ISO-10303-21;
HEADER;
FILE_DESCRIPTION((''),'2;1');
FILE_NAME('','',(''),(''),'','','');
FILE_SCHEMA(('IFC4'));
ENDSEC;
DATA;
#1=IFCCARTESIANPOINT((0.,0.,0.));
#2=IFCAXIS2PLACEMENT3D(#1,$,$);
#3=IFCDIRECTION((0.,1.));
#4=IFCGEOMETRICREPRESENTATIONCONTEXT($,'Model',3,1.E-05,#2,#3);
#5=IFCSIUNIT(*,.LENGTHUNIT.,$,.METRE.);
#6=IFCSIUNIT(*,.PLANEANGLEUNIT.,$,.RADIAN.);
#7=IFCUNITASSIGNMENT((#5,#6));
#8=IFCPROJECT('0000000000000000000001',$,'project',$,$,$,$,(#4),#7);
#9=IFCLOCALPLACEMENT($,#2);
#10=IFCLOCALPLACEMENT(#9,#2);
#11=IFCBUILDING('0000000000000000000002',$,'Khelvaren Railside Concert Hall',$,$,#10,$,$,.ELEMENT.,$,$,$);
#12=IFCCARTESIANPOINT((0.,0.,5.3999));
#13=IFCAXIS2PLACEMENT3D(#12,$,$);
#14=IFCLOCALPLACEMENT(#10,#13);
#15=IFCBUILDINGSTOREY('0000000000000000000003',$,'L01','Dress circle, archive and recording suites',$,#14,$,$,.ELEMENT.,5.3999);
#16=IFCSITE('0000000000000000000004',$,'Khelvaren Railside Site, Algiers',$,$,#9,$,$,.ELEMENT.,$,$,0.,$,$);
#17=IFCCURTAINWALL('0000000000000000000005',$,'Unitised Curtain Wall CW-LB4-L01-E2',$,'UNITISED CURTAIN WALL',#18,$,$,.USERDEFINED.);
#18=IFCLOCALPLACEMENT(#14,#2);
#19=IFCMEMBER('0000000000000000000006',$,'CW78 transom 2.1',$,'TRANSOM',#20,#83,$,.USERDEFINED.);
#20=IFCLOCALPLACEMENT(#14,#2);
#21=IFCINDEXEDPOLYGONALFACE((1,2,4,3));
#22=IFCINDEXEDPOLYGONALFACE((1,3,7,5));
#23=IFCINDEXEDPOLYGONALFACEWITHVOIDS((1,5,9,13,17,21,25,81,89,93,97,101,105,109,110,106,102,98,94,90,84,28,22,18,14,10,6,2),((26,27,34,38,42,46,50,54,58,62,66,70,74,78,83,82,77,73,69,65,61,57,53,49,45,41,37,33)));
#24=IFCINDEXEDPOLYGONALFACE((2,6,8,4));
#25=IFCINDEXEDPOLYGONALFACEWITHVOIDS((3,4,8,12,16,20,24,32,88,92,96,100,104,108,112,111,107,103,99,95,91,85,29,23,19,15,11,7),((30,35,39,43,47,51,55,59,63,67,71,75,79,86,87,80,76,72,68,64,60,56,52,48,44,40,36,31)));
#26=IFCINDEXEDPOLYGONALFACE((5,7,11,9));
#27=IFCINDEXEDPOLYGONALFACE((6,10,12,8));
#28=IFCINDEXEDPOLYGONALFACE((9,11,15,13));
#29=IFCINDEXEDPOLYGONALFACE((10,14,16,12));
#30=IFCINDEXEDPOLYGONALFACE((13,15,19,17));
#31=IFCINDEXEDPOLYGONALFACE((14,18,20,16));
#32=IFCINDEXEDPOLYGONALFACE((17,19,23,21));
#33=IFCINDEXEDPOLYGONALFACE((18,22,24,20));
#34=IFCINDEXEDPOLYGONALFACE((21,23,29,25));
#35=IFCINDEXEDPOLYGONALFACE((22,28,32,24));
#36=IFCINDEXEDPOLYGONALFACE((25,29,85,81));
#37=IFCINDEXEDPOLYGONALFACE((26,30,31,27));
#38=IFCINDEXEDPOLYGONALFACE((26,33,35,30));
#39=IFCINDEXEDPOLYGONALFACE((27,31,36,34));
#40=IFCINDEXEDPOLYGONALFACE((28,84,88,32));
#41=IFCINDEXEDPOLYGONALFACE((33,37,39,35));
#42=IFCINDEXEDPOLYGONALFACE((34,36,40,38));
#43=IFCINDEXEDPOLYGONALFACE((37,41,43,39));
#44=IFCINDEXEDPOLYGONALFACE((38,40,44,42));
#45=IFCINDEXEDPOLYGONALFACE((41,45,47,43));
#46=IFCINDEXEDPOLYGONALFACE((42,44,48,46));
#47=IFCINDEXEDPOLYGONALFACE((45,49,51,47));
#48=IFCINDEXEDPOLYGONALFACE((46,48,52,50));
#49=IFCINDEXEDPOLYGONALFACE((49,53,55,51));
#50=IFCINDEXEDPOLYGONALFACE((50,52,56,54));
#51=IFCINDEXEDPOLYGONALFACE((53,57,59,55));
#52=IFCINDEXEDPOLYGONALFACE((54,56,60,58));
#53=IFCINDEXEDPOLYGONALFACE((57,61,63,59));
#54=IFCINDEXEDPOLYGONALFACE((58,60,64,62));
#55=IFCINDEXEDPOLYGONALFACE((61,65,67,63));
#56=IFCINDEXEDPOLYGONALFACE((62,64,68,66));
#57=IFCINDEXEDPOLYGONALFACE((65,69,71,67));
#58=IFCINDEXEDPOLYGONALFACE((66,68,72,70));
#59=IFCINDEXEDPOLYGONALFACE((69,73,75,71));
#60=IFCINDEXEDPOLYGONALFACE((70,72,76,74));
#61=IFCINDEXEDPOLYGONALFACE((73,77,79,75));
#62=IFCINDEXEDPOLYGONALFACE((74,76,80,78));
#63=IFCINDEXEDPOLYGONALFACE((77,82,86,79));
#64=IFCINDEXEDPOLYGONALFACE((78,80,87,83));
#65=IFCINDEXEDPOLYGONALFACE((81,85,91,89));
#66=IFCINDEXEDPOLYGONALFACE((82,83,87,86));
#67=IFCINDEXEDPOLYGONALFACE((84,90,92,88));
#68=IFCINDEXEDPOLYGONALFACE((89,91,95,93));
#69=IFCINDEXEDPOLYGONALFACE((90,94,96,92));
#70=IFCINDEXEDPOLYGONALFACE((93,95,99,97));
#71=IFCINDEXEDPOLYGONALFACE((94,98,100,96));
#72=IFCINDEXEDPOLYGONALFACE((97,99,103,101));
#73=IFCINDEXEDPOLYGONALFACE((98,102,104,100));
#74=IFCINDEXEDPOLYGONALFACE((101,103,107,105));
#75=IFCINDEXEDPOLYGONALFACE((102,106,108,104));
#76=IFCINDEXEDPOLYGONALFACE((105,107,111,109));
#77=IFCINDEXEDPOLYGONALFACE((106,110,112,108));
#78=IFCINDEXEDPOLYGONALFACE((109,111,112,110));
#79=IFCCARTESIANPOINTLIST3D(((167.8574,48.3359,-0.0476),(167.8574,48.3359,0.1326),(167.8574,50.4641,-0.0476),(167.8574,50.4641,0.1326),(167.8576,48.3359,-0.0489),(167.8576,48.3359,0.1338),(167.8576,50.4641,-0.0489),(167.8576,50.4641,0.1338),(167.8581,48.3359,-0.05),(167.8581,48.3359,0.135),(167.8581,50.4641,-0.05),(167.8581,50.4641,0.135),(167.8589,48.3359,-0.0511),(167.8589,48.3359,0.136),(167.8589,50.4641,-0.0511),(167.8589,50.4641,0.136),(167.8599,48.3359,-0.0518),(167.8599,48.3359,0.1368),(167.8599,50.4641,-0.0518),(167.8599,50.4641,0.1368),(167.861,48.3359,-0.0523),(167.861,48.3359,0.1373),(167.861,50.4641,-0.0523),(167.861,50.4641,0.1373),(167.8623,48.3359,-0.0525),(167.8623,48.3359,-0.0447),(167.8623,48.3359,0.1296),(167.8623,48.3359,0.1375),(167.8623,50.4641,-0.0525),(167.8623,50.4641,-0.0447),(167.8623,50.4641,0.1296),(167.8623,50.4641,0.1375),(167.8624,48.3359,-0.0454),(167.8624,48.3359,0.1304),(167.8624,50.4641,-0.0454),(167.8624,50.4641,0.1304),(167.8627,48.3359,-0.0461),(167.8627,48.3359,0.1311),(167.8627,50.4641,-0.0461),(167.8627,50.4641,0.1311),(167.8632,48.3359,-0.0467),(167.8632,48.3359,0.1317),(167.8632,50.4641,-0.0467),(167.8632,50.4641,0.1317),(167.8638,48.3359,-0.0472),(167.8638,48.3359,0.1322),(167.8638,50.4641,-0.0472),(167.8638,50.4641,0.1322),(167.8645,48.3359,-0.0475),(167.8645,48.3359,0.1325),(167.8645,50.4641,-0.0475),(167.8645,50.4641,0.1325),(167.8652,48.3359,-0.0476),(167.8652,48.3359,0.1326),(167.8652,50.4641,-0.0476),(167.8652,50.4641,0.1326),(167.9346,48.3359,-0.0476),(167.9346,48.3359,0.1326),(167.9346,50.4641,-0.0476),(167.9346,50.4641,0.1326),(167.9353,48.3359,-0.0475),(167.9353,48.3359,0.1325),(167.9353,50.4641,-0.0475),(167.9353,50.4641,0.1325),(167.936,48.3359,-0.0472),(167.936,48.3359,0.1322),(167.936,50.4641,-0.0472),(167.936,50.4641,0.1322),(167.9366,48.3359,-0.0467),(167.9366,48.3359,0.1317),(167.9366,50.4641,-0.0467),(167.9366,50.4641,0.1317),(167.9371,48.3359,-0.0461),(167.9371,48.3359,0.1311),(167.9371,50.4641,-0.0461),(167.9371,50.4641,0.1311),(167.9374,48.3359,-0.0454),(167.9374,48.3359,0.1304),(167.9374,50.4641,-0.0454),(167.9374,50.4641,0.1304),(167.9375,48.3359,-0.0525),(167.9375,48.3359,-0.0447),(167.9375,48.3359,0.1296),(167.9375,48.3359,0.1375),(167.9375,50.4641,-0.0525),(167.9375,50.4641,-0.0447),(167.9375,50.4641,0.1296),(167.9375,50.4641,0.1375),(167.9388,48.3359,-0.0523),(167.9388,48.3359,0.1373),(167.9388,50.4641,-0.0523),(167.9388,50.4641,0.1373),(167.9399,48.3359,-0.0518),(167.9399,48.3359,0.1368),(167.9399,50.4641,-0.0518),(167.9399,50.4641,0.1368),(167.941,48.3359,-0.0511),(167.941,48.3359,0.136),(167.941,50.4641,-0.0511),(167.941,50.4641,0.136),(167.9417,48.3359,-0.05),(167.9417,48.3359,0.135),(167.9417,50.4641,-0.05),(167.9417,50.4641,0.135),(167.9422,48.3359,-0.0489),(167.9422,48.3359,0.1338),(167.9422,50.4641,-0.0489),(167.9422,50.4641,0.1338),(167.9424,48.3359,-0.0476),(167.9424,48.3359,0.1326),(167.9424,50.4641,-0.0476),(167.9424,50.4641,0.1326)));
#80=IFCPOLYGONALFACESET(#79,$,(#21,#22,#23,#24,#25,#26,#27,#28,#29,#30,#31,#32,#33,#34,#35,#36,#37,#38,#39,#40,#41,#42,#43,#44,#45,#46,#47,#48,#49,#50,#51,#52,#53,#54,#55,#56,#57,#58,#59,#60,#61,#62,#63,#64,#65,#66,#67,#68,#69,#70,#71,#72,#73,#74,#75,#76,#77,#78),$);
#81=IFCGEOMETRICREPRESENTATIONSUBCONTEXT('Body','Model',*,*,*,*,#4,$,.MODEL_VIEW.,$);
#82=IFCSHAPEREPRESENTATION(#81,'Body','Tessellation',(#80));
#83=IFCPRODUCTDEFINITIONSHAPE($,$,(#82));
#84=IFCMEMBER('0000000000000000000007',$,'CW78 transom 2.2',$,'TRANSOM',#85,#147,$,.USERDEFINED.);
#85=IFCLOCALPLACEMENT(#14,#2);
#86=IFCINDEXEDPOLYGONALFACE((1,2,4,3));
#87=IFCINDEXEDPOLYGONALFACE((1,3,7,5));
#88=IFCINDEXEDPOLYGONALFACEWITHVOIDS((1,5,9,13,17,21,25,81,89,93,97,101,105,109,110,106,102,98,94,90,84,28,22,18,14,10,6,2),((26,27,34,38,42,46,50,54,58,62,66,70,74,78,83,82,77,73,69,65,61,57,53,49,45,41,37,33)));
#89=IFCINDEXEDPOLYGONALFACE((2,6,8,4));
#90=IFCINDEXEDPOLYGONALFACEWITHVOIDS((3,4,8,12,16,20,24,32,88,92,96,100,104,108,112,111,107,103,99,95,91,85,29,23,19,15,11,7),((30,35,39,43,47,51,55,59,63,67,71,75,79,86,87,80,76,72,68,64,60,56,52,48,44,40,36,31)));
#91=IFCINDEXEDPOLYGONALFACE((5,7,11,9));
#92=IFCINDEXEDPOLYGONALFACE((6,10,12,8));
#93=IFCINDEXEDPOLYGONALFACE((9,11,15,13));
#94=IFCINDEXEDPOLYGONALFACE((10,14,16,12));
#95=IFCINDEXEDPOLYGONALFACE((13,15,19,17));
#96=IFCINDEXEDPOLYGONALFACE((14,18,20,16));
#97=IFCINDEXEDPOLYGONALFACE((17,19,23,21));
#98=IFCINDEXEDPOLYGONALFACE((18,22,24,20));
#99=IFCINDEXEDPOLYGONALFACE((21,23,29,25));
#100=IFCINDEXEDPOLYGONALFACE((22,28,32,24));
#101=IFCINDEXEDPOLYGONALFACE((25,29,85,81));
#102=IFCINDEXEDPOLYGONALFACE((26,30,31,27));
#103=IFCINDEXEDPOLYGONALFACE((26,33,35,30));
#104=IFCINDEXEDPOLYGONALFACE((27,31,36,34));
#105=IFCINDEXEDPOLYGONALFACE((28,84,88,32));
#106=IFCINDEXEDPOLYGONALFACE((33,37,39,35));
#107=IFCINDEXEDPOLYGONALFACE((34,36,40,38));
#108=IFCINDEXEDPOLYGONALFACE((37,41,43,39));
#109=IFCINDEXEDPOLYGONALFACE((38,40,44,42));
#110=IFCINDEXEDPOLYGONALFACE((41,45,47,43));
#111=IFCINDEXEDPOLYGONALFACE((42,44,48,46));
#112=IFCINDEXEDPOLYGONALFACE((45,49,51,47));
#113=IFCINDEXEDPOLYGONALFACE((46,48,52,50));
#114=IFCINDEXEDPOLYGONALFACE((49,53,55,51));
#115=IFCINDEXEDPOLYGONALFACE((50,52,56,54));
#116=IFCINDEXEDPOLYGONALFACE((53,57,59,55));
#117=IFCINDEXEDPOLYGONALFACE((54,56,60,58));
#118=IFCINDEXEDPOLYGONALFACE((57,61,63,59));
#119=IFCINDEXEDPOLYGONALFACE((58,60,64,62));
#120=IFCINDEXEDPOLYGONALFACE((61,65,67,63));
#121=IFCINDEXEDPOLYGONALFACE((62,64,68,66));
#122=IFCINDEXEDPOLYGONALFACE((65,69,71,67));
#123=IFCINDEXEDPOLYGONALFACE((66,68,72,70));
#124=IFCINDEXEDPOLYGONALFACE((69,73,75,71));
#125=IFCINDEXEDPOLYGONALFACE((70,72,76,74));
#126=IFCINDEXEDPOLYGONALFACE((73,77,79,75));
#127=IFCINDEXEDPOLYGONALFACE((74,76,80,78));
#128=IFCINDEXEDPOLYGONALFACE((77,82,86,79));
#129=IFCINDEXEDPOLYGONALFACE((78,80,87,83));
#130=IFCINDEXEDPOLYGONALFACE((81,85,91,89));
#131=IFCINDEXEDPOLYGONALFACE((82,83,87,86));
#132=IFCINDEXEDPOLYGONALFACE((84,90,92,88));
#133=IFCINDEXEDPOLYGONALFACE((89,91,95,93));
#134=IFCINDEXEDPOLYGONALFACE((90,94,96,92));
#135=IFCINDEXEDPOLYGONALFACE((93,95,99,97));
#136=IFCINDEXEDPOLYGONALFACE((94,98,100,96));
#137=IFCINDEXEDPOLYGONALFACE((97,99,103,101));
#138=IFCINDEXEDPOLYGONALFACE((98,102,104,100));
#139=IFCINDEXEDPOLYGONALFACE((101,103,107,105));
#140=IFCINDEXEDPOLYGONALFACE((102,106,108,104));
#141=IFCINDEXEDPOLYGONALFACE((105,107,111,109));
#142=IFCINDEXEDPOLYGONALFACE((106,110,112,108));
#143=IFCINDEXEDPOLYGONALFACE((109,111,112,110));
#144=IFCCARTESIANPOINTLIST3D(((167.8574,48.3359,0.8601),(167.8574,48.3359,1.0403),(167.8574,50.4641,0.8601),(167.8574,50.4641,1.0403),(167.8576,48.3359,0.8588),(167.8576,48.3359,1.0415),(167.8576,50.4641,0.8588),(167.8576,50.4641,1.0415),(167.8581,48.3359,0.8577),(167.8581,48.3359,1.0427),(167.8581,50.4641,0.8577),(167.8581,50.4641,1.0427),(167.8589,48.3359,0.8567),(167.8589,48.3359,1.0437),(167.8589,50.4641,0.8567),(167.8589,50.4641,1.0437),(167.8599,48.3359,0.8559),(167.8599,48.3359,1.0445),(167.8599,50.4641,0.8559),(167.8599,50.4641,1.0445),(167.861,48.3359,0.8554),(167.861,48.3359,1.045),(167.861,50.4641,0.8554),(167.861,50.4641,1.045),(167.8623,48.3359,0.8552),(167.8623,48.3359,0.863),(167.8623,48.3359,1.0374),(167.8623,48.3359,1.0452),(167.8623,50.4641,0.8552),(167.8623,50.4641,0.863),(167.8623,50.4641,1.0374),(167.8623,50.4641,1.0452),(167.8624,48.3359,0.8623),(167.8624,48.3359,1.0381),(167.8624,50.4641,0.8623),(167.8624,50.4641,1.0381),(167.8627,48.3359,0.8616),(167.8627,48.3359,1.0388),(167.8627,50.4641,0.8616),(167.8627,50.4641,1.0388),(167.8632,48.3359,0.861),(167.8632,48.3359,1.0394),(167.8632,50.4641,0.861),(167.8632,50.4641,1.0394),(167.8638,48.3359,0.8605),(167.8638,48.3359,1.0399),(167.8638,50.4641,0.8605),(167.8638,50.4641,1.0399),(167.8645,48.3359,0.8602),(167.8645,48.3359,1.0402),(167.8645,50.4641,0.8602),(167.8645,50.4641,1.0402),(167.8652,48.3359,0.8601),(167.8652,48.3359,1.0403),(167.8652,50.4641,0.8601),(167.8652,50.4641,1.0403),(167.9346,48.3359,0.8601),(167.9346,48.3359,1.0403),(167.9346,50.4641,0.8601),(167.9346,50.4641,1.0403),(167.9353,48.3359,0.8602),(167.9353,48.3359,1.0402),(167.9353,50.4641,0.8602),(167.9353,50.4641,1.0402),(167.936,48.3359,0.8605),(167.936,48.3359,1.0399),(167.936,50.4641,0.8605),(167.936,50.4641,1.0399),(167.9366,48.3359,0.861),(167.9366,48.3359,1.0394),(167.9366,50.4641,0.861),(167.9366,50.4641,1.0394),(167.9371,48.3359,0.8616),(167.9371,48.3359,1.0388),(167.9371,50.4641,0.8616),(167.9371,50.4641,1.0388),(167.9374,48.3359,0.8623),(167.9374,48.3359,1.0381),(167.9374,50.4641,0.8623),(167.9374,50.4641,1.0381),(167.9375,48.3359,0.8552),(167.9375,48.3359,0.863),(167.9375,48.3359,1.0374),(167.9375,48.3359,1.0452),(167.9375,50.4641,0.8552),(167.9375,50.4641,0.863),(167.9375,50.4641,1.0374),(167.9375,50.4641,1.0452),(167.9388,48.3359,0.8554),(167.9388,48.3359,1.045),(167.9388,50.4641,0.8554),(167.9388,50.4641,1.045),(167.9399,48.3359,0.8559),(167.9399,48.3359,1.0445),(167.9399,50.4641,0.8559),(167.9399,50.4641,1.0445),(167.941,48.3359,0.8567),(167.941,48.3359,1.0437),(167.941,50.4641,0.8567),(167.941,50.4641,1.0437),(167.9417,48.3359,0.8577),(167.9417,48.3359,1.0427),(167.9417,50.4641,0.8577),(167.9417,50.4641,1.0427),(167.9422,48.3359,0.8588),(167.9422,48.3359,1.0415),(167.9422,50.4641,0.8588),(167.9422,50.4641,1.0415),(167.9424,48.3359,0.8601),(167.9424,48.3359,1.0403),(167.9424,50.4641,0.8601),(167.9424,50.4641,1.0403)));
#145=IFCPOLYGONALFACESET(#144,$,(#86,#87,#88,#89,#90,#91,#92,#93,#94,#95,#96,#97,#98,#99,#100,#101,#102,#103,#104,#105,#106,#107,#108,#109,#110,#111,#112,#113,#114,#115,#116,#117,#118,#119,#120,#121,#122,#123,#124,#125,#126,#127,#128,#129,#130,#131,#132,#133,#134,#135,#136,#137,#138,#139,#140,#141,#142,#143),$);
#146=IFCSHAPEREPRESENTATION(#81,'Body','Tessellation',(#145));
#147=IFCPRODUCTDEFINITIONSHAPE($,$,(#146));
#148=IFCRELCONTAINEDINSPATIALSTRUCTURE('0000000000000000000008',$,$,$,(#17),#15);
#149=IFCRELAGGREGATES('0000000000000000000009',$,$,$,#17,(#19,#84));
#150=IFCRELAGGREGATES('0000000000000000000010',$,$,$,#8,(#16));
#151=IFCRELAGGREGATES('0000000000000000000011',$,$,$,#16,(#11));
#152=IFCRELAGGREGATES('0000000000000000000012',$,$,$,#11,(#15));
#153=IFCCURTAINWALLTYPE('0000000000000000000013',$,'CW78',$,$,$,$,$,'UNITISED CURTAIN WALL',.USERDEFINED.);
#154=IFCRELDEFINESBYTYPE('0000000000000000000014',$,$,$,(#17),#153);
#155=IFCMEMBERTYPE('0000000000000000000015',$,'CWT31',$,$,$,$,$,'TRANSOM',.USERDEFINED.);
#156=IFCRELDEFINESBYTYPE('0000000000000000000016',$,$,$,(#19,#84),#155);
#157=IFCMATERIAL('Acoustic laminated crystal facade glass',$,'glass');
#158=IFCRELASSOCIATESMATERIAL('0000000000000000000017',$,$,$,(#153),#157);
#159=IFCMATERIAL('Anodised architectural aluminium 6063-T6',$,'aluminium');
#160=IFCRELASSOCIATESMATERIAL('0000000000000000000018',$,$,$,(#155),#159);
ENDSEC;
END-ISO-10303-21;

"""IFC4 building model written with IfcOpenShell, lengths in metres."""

from ifc_helpers import new_model, si_unit, direction, frame, origin, origin_2d, place, context, subcontext, project, spatial, hollow_rectangle, extrude, material, material_profile, profile_set, type_object, element, aggregate, save


model = new_model("IFC4")

# Units and contexts
model_context = context("Model", 3, precision=1e-05, world=origin(), true_north=direction((0.0, 1.0)))
body_context = subcontext(model_context, "Body", "Model", "MODEL_VIEW")
ifc_project = project(units=[si_unit("LENGTHUNIT", "METRE"), si_unit("PLANEANGLEUNIT", "RADIAN")], contexts=[model_context])

# Site, building, storey
site_placement = place(None, origin())
site = spatial("IfcSite", under=ifc_project, at=site_placement, Name="Khelvaren Railside Site, Algiers", CompositionType="ELEMENT", RefElevation=0.0)
building_placement = place(site_placement, origin())
building = spatial("IfcBuilding", under=site, at=building_placement, Name="Khelvaren Railside Concert Hall", CompositionType="ELEMENT")
storey_placement = place(building_placement, frame((0.0, 0.0, 5.3999)))
storey = spatial("IfcBuildingStorey", under=building, at=storey_placement, Name="L01", Description="Dress circle, archive and recording suites", CompositionType="ELEMENT", Elevation=5.3999)

# Curtain wall
ifc_material_1 = material(Name="Acoustic laminated crystal facade glass", Category="glass")
curtain_wall_type = type_object("IfcCurtainWallType", Name="CW78", ElementType="UNITISED CURTAIN WALL", PredefinedType="USERDEFINED", material=ifc_material_1)
curtain_wall_1_placement = place(storey_placement, origin())
curtain_wall_1 = element("IfcCurtainWall", 1, at=curtain_wall_1_placement, inside=storey, type_object=curtain_wall_type, Name="Unitised Curtain Wall CW-LB4-L01-E2", ObjectType="UNITISED CURTAIN WALL", PredefinedType="USERDEFINED")
ifc_material_2 = material(Name="Anodised architectural aluminium 6063-T6", Category="aluminium")

# Members
ifc_material_profile_1 = material_profile(ifc_material_2, hollow_rectangle(XDim=0.085, YDim=0.1899, WallThickness=0.0049, InnerFilletRadius=0.0029, OuterFilletRadius=0.0049, at=origin_2d()), Name="CWT 85x190x5")
ifc_profile_set_1 = profile_set([ifc_material_profile_1], Name="Anodised architectural aluminium 6063-T6")
member_type_1 = type_object("IfcMemberType", Name="CWT31", ElementType="TRANSOM", PredefinedType="USERDEFINED", material=ifc_profile_set_1)
member_1_placement = place(storey_placement, frame((167.8999, 50.4641, 0.0425), z_axis=(0.0, -1.0, 0.0), x_axis=(1.0, 0.0, 0.0)))
member_1 = element("IfcMember", 2, at=member_1_placement, type_object=member_type_1, Name="CW78 transom 2.1", ObjectType="TRANSOM", PredefinedType="USERDEFINED", context=body_context, shape_type="SweptSolid", body=[
    extrude(hollow_rectangle(XDim=0.085, YDim=0.1899, WallThickness=0.0049, InnerFilletRadius=0.0029, OuterFilletRadius=0.0049, at=origin_2d()), origin(), (0.0, 0.0, 1.0), 2.1282),
])
member_2_placement = place(storey_placement, frame((167.8999, 50.4641, 0.9502), z_axis=(0.0, -1.0, 0.0), x_axis=(1.0, 0.0, 0.0)))
member_2 = element("IfcMember", 3, at=member_2_placement, type_object=member_type_1, Name="CW78 transom 2.2", ObjectType="TRANSOM", PredefinedType="USERDEFINED", context=body_context, shape_type="SweptSolid", body=[
    extrude(hollow_rectangle(XDim=0.085, YDim=0.1899, WallThickness=0.0049, InnerFilletRadius=0.0029, OuterFilletRadius=0.0049, at=origin_2d()), origin(), (0.0, 0.0, 1.0), 2.1282),
])

aggregate(curtain_wall_1, [member_1, member_2])

save(model, "model.ifc")
